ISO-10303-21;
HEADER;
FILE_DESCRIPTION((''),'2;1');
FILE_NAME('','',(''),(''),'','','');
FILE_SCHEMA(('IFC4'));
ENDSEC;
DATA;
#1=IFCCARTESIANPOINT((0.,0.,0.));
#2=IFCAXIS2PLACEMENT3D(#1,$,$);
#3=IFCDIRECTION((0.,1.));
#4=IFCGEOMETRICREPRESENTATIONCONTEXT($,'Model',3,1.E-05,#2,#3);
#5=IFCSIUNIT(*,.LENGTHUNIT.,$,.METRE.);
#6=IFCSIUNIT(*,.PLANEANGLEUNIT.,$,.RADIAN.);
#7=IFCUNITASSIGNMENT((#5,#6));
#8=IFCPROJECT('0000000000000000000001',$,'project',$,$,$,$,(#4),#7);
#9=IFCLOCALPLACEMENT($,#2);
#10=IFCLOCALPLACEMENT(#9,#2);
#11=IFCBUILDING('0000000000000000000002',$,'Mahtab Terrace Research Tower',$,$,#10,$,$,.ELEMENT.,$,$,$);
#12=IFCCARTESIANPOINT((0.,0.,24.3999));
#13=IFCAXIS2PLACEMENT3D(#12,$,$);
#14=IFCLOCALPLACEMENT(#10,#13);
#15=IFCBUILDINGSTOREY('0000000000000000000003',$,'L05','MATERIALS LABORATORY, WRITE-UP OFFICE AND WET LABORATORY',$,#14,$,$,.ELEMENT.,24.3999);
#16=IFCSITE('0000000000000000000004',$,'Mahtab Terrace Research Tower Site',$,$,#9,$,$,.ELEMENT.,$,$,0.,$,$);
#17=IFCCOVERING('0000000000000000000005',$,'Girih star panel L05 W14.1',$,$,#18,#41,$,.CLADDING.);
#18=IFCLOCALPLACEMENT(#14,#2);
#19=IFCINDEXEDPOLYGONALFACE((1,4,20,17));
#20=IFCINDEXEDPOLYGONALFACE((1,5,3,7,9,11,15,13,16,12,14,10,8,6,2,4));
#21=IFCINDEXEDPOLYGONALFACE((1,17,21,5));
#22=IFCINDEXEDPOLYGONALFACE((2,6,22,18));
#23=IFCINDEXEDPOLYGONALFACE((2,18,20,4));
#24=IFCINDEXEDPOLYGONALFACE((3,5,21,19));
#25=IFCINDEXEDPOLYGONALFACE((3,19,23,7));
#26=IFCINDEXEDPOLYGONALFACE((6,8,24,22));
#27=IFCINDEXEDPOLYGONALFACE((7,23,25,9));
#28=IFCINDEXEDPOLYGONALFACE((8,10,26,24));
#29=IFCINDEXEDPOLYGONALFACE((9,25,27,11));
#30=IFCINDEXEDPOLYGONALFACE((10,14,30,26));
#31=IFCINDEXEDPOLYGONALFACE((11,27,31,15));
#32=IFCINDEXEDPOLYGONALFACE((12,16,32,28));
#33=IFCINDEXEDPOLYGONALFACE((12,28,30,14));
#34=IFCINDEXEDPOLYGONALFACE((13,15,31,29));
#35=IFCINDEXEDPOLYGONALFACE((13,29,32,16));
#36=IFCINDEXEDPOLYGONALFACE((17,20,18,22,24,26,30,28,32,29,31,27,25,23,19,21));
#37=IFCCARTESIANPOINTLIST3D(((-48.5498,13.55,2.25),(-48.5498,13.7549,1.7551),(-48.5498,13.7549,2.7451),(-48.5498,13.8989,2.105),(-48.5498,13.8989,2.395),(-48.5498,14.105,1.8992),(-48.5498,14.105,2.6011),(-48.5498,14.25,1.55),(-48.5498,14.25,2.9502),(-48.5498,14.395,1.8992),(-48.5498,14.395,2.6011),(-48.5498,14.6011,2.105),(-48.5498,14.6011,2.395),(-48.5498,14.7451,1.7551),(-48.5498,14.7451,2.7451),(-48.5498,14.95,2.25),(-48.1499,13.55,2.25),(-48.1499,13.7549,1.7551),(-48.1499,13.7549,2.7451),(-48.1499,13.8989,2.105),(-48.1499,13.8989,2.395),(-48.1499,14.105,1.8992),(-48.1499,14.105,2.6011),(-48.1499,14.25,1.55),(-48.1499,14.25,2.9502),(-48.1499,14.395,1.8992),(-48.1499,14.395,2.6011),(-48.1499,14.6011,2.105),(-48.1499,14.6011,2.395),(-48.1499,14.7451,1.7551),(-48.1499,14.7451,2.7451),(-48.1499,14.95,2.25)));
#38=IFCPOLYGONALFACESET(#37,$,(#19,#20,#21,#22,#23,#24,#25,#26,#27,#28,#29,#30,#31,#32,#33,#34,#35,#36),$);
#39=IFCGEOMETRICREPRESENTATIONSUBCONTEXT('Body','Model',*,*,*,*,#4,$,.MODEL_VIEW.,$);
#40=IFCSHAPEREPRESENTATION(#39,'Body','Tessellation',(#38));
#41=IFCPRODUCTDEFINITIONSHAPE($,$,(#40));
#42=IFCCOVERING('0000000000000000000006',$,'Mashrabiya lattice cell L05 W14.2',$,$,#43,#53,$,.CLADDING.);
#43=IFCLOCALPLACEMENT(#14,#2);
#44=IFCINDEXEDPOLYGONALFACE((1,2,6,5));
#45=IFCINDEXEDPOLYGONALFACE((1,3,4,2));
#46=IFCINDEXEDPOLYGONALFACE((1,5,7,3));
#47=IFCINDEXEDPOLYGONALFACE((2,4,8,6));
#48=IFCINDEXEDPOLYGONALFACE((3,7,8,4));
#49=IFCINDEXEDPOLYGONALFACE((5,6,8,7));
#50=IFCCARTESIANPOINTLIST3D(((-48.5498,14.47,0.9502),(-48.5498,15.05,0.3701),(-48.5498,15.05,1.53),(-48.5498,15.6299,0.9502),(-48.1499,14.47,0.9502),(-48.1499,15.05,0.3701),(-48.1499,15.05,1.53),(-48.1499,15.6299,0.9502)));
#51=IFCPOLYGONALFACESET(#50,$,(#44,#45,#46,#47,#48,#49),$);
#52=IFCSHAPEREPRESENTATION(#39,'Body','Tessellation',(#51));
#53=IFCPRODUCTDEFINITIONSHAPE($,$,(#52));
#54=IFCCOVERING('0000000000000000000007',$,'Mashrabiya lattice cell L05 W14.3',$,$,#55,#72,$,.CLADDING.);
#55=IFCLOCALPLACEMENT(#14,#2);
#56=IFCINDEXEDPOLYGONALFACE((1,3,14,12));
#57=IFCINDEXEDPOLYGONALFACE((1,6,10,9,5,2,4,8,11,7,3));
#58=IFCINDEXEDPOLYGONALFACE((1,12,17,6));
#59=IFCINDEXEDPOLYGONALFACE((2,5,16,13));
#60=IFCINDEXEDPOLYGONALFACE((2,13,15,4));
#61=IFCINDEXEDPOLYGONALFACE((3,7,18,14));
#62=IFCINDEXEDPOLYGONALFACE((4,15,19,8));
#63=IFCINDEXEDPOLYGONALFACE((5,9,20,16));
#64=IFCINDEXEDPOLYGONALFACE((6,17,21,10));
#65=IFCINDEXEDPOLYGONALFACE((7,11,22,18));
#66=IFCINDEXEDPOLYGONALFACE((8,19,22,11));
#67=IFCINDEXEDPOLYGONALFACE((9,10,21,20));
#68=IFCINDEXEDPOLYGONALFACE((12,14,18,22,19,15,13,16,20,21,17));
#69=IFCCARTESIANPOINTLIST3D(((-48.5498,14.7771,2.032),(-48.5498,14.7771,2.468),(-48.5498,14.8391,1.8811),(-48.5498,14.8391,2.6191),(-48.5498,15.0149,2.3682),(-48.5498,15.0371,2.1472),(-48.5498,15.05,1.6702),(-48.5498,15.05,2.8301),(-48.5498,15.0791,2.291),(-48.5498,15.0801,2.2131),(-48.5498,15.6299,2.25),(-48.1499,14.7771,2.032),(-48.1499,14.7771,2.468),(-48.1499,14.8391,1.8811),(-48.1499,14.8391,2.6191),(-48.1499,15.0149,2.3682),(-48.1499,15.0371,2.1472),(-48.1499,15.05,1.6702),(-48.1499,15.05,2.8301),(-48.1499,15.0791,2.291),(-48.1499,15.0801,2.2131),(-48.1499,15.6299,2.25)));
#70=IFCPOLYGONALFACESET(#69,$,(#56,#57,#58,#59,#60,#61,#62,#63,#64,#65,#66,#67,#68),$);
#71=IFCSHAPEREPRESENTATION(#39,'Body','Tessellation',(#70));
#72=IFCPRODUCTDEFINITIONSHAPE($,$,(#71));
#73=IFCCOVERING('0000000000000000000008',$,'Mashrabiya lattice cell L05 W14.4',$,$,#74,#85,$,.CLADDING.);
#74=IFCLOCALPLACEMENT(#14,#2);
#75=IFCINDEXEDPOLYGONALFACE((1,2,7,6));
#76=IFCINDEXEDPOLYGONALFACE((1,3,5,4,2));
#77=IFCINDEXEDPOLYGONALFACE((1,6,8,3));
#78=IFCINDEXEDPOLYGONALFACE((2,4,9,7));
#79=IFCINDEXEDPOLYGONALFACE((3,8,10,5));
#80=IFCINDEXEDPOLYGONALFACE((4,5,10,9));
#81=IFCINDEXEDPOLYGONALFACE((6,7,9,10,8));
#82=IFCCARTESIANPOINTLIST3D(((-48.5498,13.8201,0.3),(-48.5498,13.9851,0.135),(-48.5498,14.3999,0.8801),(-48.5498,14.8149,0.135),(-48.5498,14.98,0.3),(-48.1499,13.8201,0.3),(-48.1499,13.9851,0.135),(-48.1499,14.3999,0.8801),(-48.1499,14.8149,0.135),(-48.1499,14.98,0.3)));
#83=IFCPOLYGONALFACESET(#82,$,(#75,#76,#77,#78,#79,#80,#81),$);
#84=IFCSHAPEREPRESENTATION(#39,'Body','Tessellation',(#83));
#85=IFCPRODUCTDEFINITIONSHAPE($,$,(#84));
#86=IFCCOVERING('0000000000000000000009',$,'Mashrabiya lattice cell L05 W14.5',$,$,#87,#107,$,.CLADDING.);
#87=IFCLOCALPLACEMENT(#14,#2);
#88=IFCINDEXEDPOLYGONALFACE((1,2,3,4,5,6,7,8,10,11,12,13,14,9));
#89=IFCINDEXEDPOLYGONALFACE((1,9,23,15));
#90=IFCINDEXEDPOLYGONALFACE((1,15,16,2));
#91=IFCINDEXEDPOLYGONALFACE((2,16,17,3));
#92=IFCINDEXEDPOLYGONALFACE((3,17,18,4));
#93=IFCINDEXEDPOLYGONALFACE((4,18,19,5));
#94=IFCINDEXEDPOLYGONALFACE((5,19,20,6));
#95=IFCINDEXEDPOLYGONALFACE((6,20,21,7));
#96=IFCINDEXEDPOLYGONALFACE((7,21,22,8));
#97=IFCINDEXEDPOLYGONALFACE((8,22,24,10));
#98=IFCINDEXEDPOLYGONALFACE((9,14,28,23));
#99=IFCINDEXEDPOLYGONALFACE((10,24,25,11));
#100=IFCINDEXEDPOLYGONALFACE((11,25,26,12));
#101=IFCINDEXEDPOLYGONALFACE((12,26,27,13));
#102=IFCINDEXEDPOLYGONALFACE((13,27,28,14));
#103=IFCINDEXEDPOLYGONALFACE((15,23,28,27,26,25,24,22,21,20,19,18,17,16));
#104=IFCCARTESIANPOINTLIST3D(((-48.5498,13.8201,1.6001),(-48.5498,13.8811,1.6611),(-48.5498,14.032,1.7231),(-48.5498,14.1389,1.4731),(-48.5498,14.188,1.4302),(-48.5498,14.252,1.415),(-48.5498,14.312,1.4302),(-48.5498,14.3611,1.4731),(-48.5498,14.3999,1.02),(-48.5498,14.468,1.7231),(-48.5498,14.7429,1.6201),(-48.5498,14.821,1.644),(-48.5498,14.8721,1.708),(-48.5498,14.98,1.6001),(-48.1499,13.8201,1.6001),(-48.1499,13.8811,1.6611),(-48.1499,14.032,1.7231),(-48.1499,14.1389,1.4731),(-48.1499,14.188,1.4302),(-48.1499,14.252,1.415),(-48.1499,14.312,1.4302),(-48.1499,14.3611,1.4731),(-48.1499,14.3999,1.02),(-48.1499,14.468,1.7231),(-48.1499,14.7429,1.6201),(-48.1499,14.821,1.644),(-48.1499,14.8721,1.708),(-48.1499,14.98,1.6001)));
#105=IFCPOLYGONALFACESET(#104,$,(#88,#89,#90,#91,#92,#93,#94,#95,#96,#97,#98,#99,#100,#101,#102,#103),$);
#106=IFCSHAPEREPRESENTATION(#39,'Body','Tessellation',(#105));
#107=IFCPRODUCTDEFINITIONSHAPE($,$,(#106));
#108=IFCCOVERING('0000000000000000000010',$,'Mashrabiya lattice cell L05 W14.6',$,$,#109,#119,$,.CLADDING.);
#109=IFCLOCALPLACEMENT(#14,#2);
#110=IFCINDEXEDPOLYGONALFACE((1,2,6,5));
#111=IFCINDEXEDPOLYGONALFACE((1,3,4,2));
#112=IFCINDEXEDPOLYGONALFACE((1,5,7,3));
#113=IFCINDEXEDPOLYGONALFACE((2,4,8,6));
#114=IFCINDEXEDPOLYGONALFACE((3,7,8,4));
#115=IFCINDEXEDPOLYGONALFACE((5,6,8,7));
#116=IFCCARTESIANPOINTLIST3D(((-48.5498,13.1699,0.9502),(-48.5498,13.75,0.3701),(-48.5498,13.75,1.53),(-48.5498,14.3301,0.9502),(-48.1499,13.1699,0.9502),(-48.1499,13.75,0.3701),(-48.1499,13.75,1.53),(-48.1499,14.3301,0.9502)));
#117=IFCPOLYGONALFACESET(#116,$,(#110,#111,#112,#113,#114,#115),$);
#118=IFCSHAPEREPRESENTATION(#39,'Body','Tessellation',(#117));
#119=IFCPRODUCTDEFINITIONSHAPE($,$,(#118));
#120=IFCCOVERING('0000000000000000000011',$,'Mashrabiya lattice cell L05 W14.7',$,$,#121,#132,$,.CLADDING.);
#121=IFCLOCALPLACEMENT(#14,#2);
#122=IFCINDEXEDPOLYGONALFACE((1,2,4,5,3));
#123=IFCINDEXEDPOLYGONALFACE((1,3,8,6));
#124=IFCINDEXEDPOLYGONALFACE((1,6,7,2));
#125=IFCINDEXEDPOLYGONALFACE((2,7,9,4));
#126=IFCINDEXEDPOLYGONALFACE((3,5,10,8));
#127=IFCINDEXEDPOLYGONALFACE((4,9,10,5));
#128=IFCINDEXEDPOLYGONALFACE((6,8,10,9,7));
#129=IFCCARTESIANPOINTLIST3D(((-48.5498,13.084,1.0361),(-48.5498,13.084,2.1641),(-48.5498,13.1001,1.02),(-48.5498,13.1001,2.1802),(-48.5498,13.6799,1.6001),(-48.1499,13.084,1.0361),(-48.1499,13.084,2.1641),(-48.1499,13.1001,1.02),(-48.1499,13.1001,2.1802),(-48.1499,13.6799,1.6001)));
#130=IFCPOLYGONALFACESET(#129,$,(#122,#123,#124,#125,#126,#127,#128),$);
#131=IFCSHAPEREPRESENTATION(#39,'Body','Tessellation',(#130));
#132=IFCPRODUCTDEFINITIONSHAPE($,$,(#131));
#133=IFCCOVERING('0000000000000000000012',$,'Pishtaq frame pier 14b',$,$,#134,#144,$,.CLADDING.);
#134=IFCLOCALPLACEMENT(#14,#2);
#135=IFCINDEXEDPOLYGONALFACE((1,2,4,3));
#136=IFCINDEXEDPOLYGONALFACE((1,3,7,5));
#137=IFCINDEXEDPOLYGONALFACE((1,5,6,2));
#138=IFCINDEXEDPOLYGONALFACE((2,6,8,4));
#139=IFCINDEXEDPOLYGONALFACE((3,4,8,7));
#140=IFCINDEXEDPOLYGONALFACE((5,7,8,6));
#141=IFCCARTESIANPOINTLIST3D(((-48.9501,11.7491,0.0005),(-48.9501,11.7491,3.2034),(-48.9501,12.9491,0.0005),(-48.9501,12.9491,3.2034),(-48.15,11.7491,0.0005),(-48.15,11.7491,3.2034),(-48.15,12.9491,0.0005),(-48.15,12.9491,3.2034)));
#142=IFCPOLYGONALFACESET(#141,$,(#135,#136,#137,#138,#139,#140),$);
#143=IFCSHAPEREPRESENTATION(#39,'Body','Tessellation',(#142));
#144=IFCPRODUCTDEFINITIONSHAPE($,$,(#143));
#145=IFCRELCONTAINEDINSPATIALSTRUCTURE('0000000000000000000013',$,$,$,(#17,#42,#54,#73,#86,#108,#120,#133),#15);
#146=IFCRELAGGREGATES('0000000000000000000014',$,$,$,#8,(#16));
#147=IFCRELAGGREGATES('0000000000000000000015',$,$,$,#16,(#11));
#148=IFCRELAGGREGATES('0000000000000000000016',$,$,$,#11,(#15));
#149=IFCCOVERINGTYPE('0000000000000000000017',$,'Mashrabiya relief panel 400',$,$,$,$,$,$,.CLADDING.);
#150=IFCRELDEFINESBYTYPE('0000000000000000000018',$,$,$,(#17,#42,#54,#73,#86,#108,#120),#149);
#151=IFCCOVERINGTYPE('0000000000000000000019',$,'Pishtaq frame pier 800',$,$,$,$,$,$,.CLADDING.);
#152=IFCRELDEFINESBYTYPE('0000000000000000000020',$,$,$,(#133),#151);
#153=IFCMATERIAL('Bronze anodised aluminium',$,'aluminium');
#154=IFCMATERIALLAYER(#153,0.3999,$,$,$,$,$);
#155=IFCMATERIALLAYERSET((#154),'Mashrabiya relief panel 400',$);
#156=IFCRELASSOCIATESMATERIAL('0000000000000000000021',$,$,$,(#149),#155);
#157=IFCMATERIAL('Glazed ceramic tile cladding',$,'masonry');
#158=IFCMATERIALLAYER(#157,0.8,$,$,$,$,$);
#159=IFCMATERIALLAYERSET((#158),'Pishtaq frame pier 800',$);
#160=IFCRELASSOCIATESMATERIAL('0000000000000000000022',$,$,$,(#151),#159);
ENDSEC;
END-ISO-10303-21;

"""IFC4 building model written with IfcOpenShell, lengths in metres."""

from ifc_helpers import new_model, si_unit, direction, frame, origin, origin_2d, place, context, subcontext, project, spatial, polyline, rectangle, outline, extrude, material, layer, layer_set, type_object, element, save


model = new_model("IFC4")

# Units and contexts
model_context = context("Model", 3, precision=1e-05, world=origin(), true_north=direction((0.0, 1.0)))
body_context = subcontext(model_context, "Body", "Model", "MODEL_VIEW")
ifc_project = project(units=[si_unit("LENGTHUNIT", "METRE"), si_unit("PLANEANGLEUNIT", "RADIAN")], contexts=[model_context])

# Site, building, storey
site_placement = place(None, origin())
site = spatial("IfcSite", under=ifc_project, at=site_placement, Name="Mahtab Terrace Research Tower Site", CompositionType="ELEMENT", RefElevation=0.0)
building_placement = place(site_placement, origin())
building = spatial("IfcBuilding", under=site, at=building_placement, Name="Mahtab Terrace Research Tower", CompositionType="ELEMENT")
storey_placement = place(building_placement, frame((0.0, 0.0, 24.3999)))
storey = spatial("IfcBuildingStorey", under=building, at=storey_placement, Name="L05", Description="MATERIALS LABORATORY, WRITE-UP OFFICE AND WET LABORATORY", CompositionType="ELEMENT", Elevation=24.3999)

# Coverings
ifc_material_1 = material(Name="Bronze anodised aluminium", Category="aluminium")
ifc_layer_1 = layer(ifc_material_1, 0.3999)
ifc_layer_set_1 = layer_set([ifc_layer_1], Name="Mashrabiya relief panel 400")
covering_type_1 = type_object("IfcCoveringType", Name="Mashrabiya relief panel 400", PredefinedType="CLADDING", material=ifc_layer_set_1)
covering_1_placement = place(storey_placement, frame((-48.1499, 14.105, 2.6011), z_axis=(1.0, 0.0, 0.0), x_axis=(0.0, -0.924785, 0.38049)))
element("IfcCovering", 1, at=covering_1_placement, inside=storey, type_object=covering_type_1, Name="Girih star panel L05 W14.1", PredefinedType="CLADDING", context=body_context, shape_type="SweptSolid", body=[
    extrude(outline(polyline([(0.0, 0.0), (0.3786, 0.0), (0.1122, 0.269), (0.3796, 0.5358), (0.0018, 0.5372), (0.0019, 0.9155), (-0.2671, 0.6491), (-0.534, 0.9168), (-0.5353, 0.5388), (-0.9139, 0.5388), (-0.6475, 0.27), (-0.915, 0.0032), (-0.5372, 0.0018), (-0.5372, -0.3768), (-0.2682, -0.1104), (-0.0013, -0.378), (0.0, 0.0)])), origin(), (0.0, 0.0, -1.0), 0.3999),
])
covering_2_placement = place(storey_placement, frame((-48.1499, 15.05, 1.53), z_axis=(1.0, 0.0, 0.0), x_axis=(0.0, -0.707256, -0.706958)))
element("IfcCovering", 2, at=covering_2_placement, inside=storey, type_object=covering_type_1, Name="Mashrabiya lattice cell L05 W14.2", PredefinedType="CLADDING", context=body_context, shape_type="SweptSolid", body=[
    extrude(outline(polyline([(0.0, 0.0), (0.8202, 0.0), (0.82, 0.8204), (-0.0002, 0.82), (0.0, 0.0)])), origin(), (0.0, 0.0, -1.0), 0.3999),
])
covering_3_placement = place(storey_placement, frame((-48.1499, 15.05, 1.6702), z_axis=(1.0, 0.0, 0.0), x_axis=(0.0, 0.707107, 0.707107)))
element("IfcCovering", 3, at=covering_3_placement, inside=storey, type_object=covering_type_1, Name="Mashrabiya lattice cell L05 W14.3", PredefinedType="CLADDING", context=body_context, shape_type="SweptSolid", body=[
    extrude(outline(polyline([(0.0, 0.0), (0.82, 0.0), (0.8202, 0.8202), (0.5219, 0.8202), (0.3712, 0.7572), (0.4687, 0.5184), (0.4596, 0.4185), (0.4052, 0.3627), (0.3282, 0.3465), (0.0628, 0.4488), (0.0, 0.2983), (0.0, 0.0)])), origin(), (0.0, 0.0, -1.0), 0.3999),
])
covering_4_placement = place(storey_placement, frame((-48.1499, 14.98, 0.3), z_axis=(1.0, 0.0, 0.0), x_axis=(0.0, -0.707107, 0.707107)))
element("IfcCovering", 4, at=covering_4_placement, inside=storey, type_object=covering_type_1, Name="Mashrabiya lattice cell L05 W14.4", PredefinedType="CLADDING", context=body_context, shape_type="SweptSolid", body=[
    extrude(outline(polyline([(0.0, 0.0), (0.8204, 0.0), (0.8202, 0.8202), (0.5868, 0.8202), (0.0, 0.2334), (0.0, 0.0)])), origin(), (0.0, 0.0, -1.0), 0.3999),
])
covering_5_placement = place(storey_placement, frame((-48.1499, 13.8201, 1.6001), z_axis=(1.0, 0.0, 0.0), x_axis=(0.0, 0.706958, -0.707256)))
element("IfcCovering", 5, at=covering_5_placement, inside=storey, type_object=covering_type_1, Name="Mashrabiya lattice cell L05 W14.5", PredefinedType="CLADDING", context=body_context, shape_type="SweptSolid", body=[
    extrude(outline(polyline([(0.0, 0.0), (0.8202, 0.0), (0.82, 0.8204), (0.6674, 0.8203), (0.6766, 0.739), (0.6383, 0.6668), (0.371, 0.5453), (0.4723, 0.2929), (0.468, 0.2278), (0.4362, 0.1746), (0.3803, 0.1401), (0.3152, 0.1358), (0.0628, 0.2369), (0.0, 0.0863), (0.0, 0.0)])), origin(), (0.0, 0.0, -1.0), 0.3999),
])
covering_6_placement = place(storey_placement, frame((-48.1499, 13.75, 1.53), z_axis=(1.0, 0.0, 0.0), x_axis=(0.0, -0.707256, -0.706958)))
element("IfcCovering", 6, at=covering_6_placement, inside=storey, type_object=covering_type_1, Name="Mashrabiya lattice cell L05 W14.6", PredefinedType="CLADDING", context=body_context, shape_type="SweptSolid", body=[
    extrude(outline(polyline([(0.0, 0.0), (0.8202, 0.0), (0.82, 0.8204), (-0.0003, 0.8202), (0.0, 0.0)])), origin(), (0.0, 0.0, -1.0), 0.3999),
])
covering_7_placement = place(storey_placement, frame((-48.1499, 13.1001, 1.02), z_axis=(1.0, 0.0, 0.0), x_axis=(0.0, 0.706958, 0.707256)))
element("IfcCovering", 7, at=covering_7_placement, inside=storey, type_object=covering_type_1, Name="Mashrabiya lattice cell L05 W14.7", PredefinedType="CLADDING", context=body_context, shape_type="SweptSolid", body=[
    extrude(outline(polyline([(0.0, 0.0), (0.8202, 0.0), (0.8205, 0.8202), (0.7977, 0.8202), (0.0, 0.0228), (0.0, 0.0)])), origin(), (0.0, 0.0, -1.0), 0.3999),
])
ifc_material_2 = material(Name="Glazed ceramic tile cladding", Category="masonry")
ifc_layer_2 = layer(ifc_material_2, 0.8)
ifc_layer_set_2 = layer_set([ifc_layer_2], Name="Pishtaq frame pier 800")
covering_type_2 = type_object("IfcCoveringType", Name="Pishtaq frame pier 800", PredefinedType="CLADDING", material=ifc_layer_set_2)
covering_8_placement = place(storey_placement, frame((-48.55, 12.3491, 0.0005), z_axis=(0.0, 0.0, 1.0), x_axis=(0.0, -1.0, 0.0)))
element("IfcCovering", 8, at=covering_8_placement, inside=storey, type_object=covering_type_2, Name="Pishtaq frame pier 14b", PredefinedType="CLADDING", context=body_context, shape_type="SweptSolid", body=[
    extrude(rectangle(XDim=1.2, YDim=0.8, at=origin_2d()), origin(), (0.0, 0.0, 1.0), 3.2029),
])

save(model, "model.ifc")
